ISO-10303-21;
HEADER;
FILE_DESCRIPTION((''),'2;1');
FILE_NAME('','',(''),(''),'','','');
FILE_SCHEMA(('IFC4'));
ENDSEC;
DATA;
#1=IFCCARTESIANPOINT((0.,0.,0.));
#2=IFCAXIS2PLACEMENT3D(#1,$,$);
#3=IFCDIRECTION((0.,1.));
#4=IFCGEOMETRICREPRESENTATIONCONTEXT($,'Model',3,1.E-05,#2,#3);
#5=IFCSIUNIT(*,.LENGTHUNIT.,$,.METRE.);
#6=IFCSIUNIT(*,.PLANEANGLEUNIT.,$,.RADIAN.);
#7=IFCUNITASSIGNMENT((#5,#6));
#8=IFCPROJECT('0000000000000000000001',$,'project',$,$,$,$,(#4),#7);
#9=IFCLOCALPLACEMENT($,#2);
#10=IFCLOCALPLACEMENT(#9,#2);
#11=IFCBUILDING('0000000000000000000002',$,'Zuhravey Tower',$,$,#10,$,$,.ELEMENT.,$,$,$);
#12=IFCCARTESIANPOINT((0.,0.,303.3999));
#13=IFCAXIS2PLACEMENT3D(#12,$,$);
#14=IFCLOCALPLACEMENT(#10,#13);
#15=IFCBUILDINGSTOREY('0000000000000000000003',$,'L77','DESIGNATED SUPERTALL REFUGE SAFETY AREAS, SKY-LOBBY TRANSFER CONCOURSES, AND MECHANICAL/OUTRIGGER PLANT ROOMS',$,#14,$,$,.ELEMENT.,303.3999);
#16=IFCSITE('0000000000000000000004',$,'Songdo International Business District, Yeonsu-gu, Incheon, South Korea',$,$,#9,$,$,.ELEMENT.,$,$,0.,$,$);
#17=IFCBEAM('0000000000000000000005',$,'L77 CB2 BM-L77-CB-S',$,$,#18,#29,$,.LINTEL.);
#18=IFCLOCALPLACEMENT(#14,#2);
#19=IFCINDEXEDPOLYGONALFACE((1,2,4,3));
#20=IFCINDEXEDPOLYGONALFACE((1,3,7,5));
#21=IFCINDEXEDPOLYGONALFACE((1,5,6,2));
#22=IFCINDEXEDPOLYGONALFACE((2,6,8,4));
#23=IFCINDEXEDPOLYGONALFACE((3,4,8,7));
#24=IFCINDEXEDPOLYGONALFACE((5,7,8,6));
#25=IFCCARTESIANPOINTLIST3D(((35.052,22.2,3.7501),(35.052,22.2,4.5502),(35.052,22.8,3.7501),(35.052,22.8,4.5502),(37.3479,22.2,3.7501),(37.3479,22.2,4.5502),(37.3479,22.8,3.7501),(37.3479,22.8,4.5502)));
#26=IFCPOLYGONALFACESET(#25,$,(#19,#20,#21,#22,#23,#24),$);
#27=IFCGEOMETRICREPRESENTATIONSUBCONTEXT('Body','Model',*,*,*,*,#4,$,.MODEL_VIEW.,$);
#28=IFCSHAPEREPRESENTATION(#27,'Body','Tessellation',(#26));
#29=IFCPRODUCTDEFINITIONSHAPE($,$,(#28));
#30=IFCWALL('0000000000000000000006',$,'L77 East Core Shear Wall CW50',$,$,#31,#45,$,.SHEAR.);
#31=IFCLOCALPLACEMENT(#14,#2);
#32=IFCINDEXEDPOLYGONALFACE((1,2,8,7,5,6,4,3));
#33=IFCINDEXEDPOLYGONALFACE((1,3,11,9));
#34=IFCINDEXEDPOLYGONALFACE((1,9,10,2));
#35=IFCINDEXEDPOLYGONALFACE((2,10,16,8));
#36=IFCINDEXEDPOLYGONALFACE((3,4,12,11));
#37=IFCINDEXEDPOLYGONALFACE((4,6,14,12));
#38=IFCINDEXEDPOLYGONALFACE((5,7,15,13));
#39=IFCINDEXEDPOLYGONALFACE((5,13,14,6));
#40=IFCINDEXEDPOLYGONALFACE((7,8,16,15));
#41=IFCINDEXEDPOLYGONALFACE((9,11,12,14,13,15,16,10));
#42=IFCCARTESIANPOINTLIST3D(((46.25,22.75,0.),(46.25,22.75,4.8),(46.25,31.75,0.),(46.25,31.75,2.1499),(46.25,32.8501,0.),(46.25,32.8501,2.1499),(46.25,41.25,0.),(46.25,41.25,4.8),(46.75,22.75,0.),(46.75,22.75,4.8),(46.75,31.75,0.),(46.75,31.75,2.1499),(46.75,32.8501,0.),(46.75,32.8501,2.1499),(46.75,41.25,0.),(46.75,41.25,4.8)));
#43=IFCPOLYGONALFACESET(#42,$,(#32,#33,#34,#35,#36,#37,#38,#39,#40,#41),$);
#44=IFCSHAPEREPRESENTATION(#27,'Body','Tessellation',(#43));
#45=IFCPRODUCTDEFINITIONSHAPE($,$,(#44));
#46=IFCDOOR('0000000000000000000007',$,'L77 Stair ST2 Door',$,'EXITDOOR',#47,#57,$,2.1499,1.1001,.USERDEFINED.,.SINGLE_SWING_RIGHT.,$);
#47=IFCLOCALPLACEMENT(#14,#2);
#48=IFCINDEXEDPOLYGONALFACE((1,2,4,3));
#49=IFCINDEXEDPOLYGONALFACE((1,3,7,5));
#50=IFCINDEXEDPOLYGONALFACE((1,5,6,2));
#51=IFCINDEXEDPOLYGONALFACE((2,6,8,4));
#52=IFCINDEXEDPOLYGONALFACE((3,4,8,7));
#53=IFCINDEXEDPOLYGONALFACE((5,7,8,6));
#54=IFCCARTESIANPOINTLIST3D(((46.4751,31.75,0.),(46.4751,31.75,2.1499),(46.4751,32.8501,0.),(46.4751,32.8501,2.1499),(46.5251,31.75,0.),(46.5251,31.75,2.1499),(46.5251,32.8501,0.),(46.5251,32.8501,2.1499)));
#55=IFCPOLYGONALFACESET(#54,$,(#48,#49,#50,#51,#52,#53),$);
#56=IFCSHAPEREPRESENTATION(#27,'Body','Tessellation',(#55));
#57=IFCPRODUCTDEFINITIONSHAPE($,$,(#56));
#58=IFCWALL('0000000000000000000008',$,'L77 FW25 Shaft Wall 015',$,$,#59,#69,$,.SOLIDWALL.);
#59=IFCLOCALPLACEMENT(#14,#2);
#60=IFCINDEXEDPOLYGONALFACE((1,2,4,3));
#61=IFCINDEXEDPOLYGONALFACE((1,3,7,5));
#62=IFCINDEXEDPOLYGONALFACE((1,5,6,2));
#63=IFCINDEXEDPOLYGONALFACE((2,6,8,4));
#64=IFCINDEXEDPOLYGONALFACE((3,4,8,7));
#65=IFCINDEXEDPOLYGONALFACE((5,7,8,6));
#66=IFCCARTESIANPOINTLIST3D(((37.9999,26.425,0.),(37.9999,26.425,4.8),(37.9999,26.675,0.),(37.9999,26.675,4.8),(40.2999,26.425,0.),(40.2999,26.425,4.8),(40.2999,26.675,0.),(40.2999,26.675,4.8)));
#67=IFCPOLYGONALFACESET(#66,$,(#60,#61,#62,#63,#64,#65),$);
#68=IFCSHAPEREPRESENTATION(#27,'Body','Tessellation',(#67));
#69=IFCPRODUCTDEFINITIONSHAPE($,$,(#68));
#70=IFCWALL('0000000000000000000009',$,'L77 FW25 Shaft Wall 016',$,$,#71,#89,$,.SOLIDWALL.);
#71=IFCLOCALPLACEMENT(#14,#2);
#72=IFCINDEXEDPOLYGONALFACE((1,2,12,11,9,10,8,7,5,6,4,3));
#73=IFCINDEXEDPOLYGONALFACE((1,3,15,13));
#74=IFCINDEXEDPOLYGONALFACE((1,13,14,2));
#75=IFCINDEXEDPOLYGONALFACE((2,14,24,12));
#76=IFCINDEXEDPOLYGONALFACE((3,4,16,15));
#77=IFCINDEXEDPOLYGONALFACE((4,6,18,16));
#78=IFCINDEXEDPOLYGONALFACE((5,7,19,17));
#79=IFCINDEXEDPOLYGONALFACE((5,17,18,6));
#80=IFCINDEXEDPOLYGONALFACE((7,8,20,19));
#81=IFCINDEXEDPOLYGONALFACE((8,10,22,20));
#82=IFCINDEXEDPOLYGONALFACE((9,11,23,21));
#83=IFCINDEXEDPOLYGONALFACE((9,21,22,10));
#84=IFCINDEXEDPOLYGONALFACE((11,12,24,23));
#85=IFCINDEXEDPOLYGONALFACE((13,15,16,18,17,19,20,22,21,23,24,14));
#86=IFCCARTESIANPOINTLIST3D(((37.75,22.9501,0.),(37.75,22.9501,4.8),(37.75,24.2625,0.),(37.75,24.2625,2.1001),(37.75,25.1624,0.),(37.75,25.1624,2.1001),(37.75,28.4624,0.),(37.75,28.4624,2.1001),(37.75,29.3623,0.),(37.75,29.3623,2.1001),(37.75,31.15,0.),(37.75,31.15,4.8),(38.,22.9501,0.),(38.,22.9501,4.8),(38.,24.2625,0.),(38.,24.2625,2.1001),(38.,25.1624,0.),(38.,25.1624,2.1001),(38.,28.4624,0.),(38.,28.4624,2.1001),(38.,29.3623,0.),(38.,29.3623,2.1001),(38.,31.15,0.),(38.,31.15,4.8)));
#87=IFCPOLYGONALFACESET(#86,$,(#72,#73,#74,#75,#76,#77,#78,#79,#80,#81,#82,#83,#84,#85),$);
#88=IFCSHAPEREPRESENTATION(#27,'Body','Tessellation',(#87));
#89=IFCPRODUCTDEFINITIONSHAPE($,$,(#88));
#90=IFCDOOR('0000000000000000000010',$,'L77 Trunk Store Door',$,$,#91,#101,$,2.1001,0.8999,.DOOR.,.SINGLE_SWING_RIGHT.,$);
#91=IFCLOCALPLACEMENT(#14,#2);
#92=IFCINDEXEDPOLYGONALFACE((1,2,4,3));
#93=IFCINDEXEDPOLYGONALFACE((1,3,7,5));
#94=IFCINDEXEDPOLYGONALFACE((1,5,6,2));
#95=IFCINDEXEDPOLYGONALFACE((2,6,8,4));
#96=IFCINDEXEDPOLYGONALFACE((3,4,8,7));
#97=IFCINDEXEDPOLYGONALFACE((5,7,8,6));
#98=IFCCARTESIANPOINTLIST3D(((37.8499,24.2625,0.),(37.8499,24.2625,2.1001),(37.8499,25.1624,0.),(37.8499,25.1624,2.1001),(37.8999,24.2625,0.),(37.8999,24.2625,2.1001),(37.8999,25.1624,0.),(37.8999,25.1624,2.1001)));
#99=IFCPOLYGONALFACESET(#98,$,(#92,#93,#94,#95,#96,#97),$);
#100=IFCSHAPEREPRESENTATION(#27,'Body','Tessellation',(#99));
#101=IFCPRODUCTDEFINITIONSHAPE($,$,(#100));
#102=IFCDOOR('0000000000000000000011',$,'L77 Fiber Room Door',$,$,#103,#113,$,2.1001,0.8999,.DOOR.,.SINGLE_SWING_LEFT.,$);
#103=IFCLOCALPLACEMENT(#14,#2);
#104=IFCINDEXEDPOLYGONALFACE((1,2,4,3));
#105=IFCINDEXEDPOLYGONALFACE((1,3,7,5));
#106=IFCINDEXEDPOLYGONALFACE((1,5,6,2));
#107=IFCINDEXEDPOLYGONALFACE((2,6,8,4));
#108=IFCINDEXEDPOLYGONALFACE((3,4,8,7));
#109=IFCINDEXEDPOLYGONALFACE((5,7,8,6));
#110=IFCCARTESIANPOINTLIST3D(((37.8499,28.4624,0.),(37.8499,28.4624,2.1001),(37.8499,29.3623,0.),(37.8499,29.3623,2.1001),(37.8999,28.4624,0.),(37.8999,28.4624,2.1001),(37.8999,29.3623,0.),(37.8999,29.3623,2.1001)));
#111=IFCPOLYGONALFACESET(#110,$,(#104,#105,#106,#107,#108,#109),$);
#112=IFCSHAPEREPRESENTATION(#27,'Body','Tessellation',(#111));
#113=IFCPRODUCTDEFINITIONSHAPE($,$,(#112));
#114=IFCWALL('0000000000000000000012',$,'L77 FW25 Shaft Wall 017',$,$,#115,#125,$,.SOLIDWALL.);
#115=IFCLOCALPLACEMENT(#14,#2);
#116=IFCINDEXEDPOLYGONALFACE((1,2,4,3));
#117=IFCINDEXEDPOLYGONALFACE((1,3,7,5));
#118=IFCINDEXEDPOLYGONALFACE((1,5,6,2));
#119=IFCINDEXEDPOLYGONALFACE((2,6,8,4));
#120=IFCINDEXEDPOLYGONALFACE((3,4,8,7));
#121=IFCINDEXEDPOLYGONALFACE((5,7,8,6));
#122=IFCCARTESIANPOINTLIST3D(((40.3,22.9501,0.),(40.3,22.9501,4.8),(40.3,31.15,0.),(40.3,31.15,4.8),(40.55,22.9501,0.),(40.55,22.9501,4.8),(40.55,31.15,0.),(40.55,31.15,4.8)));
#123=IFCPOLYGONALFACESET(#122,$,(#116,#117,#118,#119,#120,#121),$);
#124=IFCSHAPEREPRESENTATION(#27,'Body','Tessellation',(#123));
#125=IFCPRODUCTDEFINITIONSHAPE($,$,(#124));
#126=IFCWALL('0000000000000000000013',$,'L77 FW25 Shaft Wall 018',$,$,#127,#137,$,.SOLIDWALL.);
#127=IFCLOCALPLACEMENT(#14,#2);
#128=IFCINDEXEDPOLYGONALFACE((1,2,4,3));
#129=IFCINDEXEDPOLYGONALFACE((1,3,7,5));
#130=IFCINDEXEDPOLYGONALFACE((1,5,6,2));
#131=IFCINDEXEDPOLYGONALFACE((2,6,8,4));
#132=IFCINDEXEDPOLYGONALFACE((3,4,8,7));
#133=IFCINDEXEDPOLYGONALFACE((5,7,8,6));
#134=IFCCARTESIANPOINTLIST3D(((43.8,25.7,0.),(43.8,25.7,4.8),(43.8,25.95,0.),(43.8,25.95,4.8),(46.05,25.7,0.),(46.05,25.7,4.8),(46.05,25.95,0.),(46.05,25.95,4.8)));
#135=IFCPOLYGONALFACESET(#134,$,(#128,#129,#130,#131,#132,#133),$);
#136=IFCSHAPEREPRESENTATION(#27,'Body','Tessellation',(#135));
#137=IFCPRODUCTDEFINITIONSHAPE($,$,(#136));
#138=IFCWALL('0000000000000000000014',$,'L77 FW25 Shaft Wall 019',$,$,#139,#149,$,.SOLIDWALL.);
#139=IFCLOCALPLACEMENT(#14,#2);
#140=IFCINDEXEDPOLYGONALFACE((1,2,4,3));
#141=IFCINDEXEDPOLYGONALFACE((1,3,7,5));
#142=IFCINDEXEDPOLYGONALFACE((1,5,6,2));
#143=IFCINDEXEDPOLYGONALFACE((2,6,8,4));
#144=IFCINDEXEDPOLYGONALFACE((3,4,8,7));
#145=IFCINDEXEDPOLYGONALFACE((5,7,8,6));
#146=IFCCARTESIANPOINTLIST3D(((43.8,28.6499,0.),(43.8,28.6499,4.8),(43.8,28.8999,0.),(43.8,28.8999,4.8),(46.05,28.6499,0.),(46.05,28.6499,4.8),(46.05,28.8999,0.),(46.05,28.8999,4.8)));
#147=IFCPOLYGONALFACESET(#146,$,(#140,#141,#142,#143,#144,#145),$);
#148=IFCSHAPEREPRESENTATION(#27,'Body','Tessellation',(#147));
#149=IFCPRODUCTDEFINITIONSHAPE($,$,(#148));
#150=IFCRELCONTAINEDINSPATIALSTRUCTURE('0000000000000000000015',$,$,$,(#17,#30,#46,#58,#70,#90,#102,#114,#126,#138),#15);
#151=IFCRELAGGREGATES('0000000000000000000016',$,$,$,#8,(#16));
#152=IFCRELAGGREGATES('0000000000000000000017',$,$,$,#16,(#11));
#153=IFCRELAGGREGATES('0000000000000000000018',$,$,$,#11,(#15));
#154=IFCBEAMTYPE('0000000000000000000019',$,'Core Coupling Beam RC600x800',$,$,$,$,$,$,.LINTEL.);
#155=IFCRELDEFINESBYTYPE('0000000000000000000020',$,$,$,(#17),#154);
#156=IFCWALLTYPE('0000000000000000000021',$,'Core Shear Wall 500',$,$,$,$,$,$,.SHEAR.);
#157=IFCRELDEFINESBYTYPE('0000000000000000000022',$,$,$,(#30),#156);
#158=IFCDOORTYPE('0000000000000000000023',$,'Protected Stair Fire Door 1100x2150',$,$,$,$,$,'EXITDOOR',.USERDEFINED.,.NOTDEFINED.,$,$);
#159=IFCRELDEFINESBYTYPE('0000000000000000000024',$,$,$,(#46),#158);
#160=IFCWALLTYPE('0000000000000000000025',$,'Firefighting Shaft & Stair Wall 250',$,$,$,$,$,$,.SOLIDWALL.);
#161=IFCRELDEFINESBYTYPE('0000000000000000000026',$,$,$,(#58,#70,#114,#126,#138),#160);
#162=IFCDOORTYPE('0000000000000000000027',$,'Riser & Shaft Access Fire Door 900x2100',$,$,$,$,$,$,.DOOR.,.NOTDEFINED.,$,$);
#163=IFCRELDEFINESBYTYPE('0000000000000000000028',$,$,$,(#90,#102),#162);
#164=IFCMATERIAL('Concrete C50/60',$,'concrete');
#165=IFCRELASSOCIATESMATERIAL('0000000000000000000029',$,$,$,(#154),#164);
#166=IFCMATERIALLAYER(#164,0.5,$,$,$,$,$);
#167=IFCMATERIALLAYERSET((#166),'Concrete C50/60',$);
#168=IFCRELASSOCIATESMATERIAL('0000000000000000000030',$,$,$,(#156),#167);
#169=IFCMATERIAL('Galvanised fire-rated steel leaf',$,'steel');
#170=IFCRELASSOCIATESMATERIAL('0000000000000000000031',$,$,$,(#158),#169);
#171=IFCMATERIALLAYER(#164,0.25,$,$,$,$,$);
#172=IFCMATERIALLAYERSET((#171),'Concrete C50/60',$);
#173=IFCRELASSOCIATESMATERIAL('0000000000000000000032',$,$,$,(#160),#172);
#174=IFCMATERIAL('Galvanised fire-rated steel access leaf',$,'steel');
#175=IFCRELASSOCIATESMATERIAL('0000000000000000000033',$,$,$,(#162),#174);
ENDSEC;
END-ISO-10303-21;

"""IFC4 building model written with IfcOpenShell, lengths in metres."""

from ifc_helpers import new_model, si_unit, direction, frame, frame_2d, origin, origin_2d, place, context, subcontext, project, spatial, rectangle, extrude, material, layer, layer_set, material_profile, profile_set, type_object, element, fill, save


model = new_model("IFC4")

# Units and contexts
model_context = context("Model", 3, precision=1e-05, world=origin(), true_north=direction((0.0, 1.0)))
body_context = subcontext(model_context, "Body", "Model", "MODEL_VIEW")
ifc_project = project(units=[si_unit("LENGTHUNIT", "METRE"), si_unit("PLANEANGLEUNIT", "RADIAN")], contexts=[model_context])

# Site, building, storey
site_placement = place(None, origin())
site = spatial("IfcSite", under=ifc_project, at=site_placement, Name="Songdo International Business District, Yeonsu-gu, Incheon, South Korea", CompositionType="ELEMENT", RefElevation=0.0)
building_placement = place(site_placement, origin())
building = spatial("IfcBuilding", under=site, at=building_placement, Name="Zuhravey Tower", CompositionType="ELEMENT")
storey_placement = place(building_placement, frame((0.0, 0.0, 303.3999)))
storey = spatial("IfcBuildingStorey", under=building, at=storey_placement, Name="L77", Description="DESIGNATED SUPERTALL REFUGE SAFETY AREAS, SKY-LOBBY TRANSFER CONCOURSES, AND MECHANICAL/OUTRIGGER PLANT ROOMS", CompositionType="ELEMENT", Elevation=303.3999)

# Beam
ifc_material_1 = material(Name="Concrete C50/60", Category="concrete")
ifc_material_profile = material_profile(ifc_material_1, rectangle(XDim=0.6001, YDim=0.8, at=origin_2d()), Name="RC-600x800")
ifc_profile_set = profile_set([ifc_material_profile], Name="Concrete C50/60")
beam_type = type_object("IfcBeamType", Name="Core Coupling Beam RC600x800", PredefinedType="LINTEL", material=ifc_profile_set)
beam_placement = place(storey_placement, frame((35.052, 22.5, 4.1501), z_axis=(1.0, 0.0, 0.0), x_axis=(0.0, 1.0, 0.0)))
element("IfcBeam", 1, at=beam_placement, inside=storey, type_object=beam_type, Name="L77 CB2 BM-L77-CB-S", PredefinedType="LINTEL", context=body_context, shape_type="SweptSolid", body=[
    extrude(rectangle(XDim=0.6001, YDim=0.8, at=origin_2d()), origin(), (0.0, 0.0, 1.0), 2.2959),
])

# Wall, opening, door
ifc_layer_1 = layer(ifc_material_1, 0.5)
ifc_layer_set_1 = layer_set([ifc_layer_1], Name="Concrete C50/60")
wall_type_1 = type_object("IfcWallType", Name="Core Shear Wall 500", PredefinedType="SHEAR", material=ifc_layer_set_1)
ifc_material_2 = material(Name="Galvanised fire-rated steel leaf", Category="steel")
wall_1_placement = place(storey_placement, frame((46.5, 22.75, 0.0), z_axis=(0.0, 0.0, 1.0), x_axis=(0.0, 1.0, 0.0)))
wall_1 = element("IfcWall", 2, at=wall_1_placement, inside=storey, type_object=wall_type_1, Name="L77 East Core Shear Wall CW50", PredefinedType="SHEAR", context=body_context, shape_type="SweptSolid", body=[
    extrude(rectangle(XDim=18.5, YDim=0.5, at=frame_2d((9.25, 0.0))), origin(), (0.0, 0.0, 1.0), 4.8),
])
opening_1_placement = place(wall_1_placement, frame((9.0, 0.0, 0.0)))
opening_1 = element("IfcOpeningElement", 3, at=opening_1_placement, cuts=wall_1, PredefinedType="OPENING", context=body_context, shape_type="SweptSolid", body=[
    extrude(rectangle(XDim=1.1001, YDim=2.1499, at=frame_2d((0.55, 1.075))), frame((0.0, 0.262, 0.0), z_axis=(0.0, -1.0, 0.0), x_axis=(1.0, 0.0, 0.0)), (0.0, 0.0, 1.0), 0.5239),
])
door_type_1 = type_object("IfcDoorType", Name="Protected Stair Fire Door 1100x2150", ElementType="EXITDOOR", OperationType="NOTDEFINED", PredefinedType="USERDEFINED", material=ifc_material_2)
door_1_placement = place(opening_1_placement, origin())
door_1 = element("IfcDoor", 4, at=door_1_placement, inside=storey, type_object=door_type_1, Name="L77 Stair ST2 Door", ObjectType="EXITDOOR", OperationType="SINGLE_SWING_RIGHT", OverallHeight=2.1499, OverallWidth=1.1001, PredefinedType="USERDEFINED", context=body_context, shape_type="SweptSolid", body=[
    extrude(rectangle(XDim=1.1001, YDim=2.1499, at=frame_2d((0.55, 1.075))), frame((0.0, 0.0249, 0.0), z_axis=(0.0, -1.0, 0.0), x_axis=(1.0, 0.0, 0.0)), (0.0, 0.0, 1.0), 0.05),
])
fill(opening_1, door_1)
ifc_layer_2 = layer(ifc_material_1, 0.25)
ifc_layer_set_2 = layer_set([ifc_layer_2], Name="Concrete C50/60")
wall_type_2 = type_object("IfcWallType", Name="Firefighting Shaft & Stair Wall 250", PredefinedType="SOLIDWALL", material=ifc_layer_set_2)

# Wall
wall_2_placement = place(storey_placement, frame((38.0, 26.55, 0.0), z_axis=(0.0, 0.0, 1.0), x_axis=(1.0, 0.0, 0.0)))
element("IfcWall", 5, at=wall_2_placement, inside=storey, type_object=wall_type_2, Name="L77 FW25 Shaft Wall 015", PredefinedType="SOLIDWALL", context=body_context, shape_type="SweptSolid", body=[
    extrude(rectangle(XDim=2.3, YDim=0.25, at=frame_2d((1.1499, 0.0))), origin(), (0.0, 0.0, 1.0), 4.8),
])

# Wall, openings, doors
wall_3_placement = place(storey_placement, frame((37.875, 22.95, 0.0), z_axis=(0.0, 0.0, 1.0), x_axis=(0.0, 1.0, 0.0)))
wall_3 = element("IfcWall", 6, at=wall_3_placement, inside=storey, type_object=wall_type_2, Name="L77 FW25 Shaft Wall 016", PredefinedType="SOLIDWALL", context=body_context, shape_type="SweptSolid", body=[
    extrude(rectangle(XDim=8.2, YDim=0.25, at=frame_2d((4.1001, 0.0))), origin(), (0.0, 0.0, 1.0), 4.8),
])
opening_2_placement = place(wall_3_placement, frame((1.3125, 0.0, 0.0)))
opening_2 = element("IfcOpeningElement", 7, at=opening_2_placement, cuts=wall_3, PredefinedType="OPENING", context=body_context, shape_type="SweptSolid", body=[
    extrude(rectangle(XDim=0.8999, YDim=2.1001, at=frame_2d((0.45, 1.05))), frame((0.0, 0.137, 0.0), z_axis=(0.0, -1.0, 0.0), x_axis=(1.0, 0.0, 0.0)), (0.0, 0.0, 1.0), 0.2739),
])
opening_3_placement = place(wall_3_placement, frame((5.5125, 0.0, 0.0)))
opening_3 = element("IfcOpeningElement", 8, at=opening_3_placement, cuts=wall_3, PredefinedType="OPENING", context=body_context, shape_type="SweptSolid", body=[
    extrude(rectangle(XDim=0.8999, YDim=2.1001, at=frame_2d((0.45, 1.05))), frame((0.0, 0.137, 0.0), z_axis=(0.0, -1.0, 0.0), x_axis=(1.0, 0.0, 0.0)), (0.0, 0.0, 1.0), 0.2739),
])
ifc_material_3 = material(Name="Galvanised fire-rated steel access leaf", Category="steel")
door_type_2 = type_object("IfcDoorType", Name="Riser & Shaft Access Fire Door 900x2100", OperationType="NOTDEFINED", PredefinedType="DOOR", material=ifc_material_3)
door_2_placement = place(opening_2_placement, frame((0.8999, 0.0, 0.0), z_axis=(0.0, 0.0, 1.0), x_axis=(-1.0, 0.0, 0.0)))
door_2 = element("IfcDoor", 9, at=door_2_placement, inside=storey, type_object=door_type_2, Name="L77 Trunk Store Door", OperationType="SINGLE_SWING_RIGHT", OverallHeight=2.1001, OverallWidth=0.8999, PredefinedType="DOOR", context=body_context, shape_type="SweptSolid", body=[
    extrude(rectangle(XDim=0.8999, YDim=2.1001, at=frame_2d((0.45, 1.05))), frame((0.0, 0.0249, 0.0), z_axis=(0.0, -1.0, 0.0), x_axis=(1.0, 0.0, 0.0)), (0.0, 0.0, 1.0), 0.05),
])
fill(opening_2, door_2)
door_3_placement = place(opening_3_placement, frame((0.8999, 0.0, 0.0), z_axis=(0.0, 0.0, 1.0), x_axis=(-1.0, 0.0, 0.0)))
door_3 = element("IfcDoor", 10, at=door_3_placement, inside=storey, type_object=door_type_2, Name="L77 Fiber Room Door", OperationType="SINGLE_SWING_LEFT", OverallHeight=2.1001, OverallWidth=0.8999, PredefinedType="DOOR", context=body_context, shape_type="SweptSolid", body=[
    extrude(rectangle(XDim=0.8999, YDim=2.1001, at=frame_2d((0.45, 1.05))), frame((0.0, 0.0249, 0.0), z_axis=(0.0, -1.0, 0.0), x_axis=(1.0, 0.0, 0.0)), (0.0, 0.0, 1.0), 0.05),
])
fill(opening_3, door_3)

# Walls
wall_4_placement = place(storey_placement, frame((40.425, 22.95, 0.0), z_axis=(0.0, 0.0, 1.0), x_axis=(0.0, 1.0, 0.0)))
element("IfcWall", 11, at=wall_4_placement, inside=storey, type_object=wall_type_2, Name="L77 FW25 Shaft Wall 017", PredefinedType="SOLIDWALL", context=body_context, shape_type="SweptSolid", body=[
    extrude(rectangle(XDim=8.2, YDim=0.25, at=frame_2d((4.1001, 0.0))), origin(), (0.0, 0.0, 1.0), 4.8),
])
for number, where, z_axis, x_axis, name in (
    (12, (43.8, 25.825, 0.0), (0.0, 0.0, 1.0), (1.0, 0.0, 0.0), "L77 FW25 Shaft Wall 018"),
    (13, (43.8, 28.7749, 0.0), (0.0, 0.0, 1.0), (1.0, 0.0, 0.0), "L77 FW25 Shaft Wall 019"),
):
    element("IfcWall", number, at=place(storey_placement, frame(where, z_axis=z_axis, x_axis=x_axis)), inside=storey, type_object=wall_type_2, Name=name, PredefinedType="SOLIDWALL", context=body_context, shape_type="SweptSolid", body=[
        extrude(rectangle(XDim=2.25, YDim=0.25, at=frame_2d((1.125, 0.0))), origin(), (0.0, 0.0, 1.0), 4.8),
    ])

save(model, "model.ifc")
